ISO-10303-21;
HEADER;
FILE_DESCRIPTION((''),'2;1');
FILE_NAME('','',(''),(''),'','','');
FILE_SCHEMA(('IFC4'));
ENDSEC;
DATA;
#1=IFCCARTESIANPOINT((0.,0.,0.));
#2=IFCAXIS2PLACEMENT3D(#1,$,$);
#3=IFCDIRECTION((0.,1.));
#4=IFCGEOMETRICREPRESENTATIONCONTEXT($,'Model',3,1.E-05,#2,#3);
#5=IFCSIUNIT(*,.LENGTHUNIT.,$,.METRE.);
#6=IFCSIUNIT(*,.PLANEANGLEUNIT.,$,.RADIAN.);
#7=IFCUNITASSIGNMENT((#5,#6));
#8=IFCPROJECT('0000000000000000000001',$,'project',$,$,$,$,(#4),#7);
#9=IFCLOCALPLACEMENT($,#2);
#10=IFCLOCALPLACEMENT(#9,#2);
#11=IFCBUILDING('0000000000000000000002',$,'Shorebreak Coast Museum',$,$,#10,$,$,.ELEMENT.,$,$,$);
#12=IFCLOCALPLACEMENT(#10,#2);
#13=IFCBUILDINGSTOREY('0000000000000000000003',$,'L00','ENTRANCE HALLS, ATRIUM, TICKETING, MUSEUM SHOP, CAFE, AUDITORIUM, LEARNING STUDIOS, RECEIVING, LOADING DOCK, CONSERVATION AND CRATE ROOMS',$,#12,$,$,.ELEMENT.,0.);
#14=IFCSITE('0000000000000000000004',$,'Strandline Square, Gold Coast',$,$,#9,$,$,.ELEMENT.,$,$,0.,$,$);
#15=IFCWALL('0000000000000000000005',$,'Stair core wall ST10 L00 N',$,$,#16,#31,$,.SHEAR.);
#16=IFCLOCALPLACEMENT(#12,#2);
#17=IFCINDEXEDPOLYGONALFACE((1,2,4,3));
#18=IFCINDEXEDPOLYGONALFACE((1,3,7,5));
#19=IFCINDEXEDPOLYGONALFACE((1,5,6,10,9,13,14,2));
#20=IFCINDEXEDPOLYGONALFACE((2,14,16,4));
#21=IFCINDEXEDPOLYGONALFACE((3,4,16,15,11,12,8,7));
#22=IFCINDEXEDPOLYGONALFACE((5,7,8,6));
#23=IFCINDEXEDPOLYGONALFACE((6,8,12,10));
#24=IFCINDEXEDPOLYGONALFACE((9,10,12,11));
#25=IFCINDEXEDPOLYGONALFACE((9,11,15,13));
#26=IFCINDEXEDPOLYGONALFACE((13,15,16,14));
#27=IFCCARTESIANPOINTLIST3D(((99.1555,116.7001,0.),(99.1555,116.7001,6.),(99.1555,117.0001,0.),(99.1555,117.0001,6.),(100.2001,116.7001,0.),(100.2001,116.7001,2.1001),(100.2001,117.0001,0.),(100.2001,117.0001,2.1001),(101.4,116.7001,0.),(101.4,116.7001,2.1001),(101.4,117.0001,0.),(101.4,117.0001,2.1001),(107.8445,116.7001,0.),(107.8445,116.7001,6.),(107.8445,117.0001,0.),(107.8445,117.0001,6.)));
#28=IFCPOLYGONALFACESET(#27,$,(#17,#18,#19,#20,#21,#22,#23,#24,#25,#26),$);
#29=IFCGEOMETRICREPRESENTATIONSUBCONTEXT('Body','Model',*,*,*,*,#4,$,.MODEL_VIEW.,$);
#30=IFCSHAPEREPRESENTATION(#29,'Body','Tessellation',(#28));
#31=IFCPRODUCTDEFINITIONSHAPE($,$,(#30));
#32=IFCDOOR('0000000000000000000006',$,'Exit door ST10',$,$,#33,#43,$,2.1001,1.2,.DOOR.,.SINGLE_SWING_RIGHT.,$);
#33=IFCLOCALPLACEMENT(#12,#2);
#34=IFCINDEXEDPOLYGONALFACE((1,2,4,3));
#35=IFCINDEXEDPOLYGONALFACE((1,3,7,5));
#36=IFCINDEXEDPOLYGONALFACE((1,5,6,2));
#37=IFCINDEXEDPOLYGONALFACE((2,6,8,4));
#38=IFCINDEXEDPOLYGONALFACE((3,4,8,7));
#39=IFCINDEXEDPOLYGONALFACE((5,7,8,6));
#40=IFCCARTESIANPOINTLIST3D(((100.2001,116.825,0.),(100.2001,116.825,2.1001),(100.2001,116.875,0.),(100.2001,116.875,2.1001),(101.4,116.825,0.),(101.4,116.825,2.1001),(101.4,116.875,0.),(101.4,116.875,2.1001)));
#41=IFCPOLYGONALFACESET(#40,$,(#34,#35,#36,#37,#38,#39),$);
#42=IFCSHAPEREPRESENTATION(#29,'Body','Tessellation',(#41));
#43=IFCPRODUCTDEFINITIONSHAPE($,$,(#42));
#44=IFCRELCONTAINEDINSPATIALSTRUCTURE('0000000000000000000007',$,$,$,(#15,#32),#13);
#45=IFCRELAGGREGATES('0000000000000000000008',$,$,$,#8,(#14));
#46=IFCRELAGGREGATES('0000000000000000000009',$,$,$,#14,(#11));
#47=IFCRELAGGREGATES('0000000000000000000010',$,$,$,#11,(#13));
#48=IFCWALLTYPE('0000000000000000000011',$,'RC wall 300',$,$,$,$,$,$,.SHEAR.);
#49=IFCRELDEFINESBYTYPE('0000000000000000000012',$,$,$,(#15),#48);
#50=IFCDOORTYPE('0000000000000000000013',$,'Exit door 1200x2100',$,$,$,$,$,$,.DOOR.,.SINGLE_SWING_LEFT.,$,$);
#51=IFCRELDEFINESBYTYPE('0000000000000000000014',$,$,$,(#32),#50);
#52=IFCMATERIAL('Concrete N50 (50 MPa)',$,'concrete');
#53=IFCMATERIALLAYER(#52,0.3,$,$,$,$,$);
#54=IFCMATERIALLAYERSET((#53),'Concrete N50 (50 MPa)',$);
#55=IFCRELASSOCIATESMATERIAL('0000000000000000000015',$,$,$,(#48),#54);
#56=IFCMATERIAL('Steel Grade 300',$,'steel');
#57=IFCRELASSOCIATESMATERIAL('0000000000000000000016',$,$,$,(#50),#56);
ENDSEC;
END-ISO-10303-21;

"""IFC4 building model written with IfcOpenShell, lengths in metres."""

from ifc_helpers import new_model, si_unit, direction, frame, frame_2d, origin, place, context, subcontext, project, spatial, rectangle, extrude, material, layer, layer_set, type_object, element, fill, save


model = new_model("IFC4")

# Units and contexts
model_context = context("Model", 3, precision=1e-05, world=origin(), true_north=direction((0.0, 1.0)))
body_context = subcontext(model_context, "Body", "Model", "MODEL_VIEW")
ifc_project = project(units=[si_unit("LENGTHUNIT", "METRE"), si_unit("PLANEANGLEUNIT", "RADIAN")], contexts=[model_context])

# Site, building, storey
site_placement = place(None, origin())
site = spatial("IfcSite", under=ifc_project, at=site_placement, Name="Strandline Square, Gold Coast", CompositionType="ELEMENT", RefElevation=0.0)
building_placement = place(site_placement, origin())
building = spatial("IfcBuilding", under=site, at=building_placement, Name="Shorebreak Coast Museum", CompositionType="ELEMENT")
storey_placement = place(building_placement, origin())
storey = spatial("IfcBuildingStorey", under=building, at=storey_placement, Name="L00", Description="ENTRANCE HALLS, ATRIUM, TICKETING, MUSEUM SHOP, CAFE, AUDITORIUM, LEARNING STUDIOS, RECEIVING, LOADING DOCK, CONSERVATION AND CRATE ROOMS", CompositionType="ELEMENT", Elevation=0.0)

# Wall, opening, door
ifc_material_1 = material(Name="Concrete N50 (50 MPa)", Category="concrete")
ifc_layer_1 = layer(ifc_material_1, 0.3)
ifc_layer_set_1 = layer_set([ifc_layer_1], Name="Concrete N50 (50 MPa)")
wall_type = type_object("IfcWallType", Name="RC wall 300", PredefinedType="SHEAR", material=ifc_layer_set_1)
wall_placement = place(storey_placement, frame((99.1555, 116.8501, 0.0), z_axis=(0.0, 0.0, 1.0), x_axis=(1.0, 0.0, 0.0)))
wall = element("IfcWall", 1, at=wall_placement, inside=storey, type_object=wall_type, Name="Stair core wall ST10 L00 N", PredefinedType="SHEAR", context=body_context, shape_type="SweptSolid", body=[
    extrude(rectangle(XDim=8.689, YDim=0.3, at=frame_2d((4.3445, 0.0))), origin(), (0.0, 0.0, 1.0), 6.0),
])
opening_placement = place(wall_placement, frame((1.0444, 0.0, 0.0)))
opening = element("IfcOpeningElement", 2, at=opening_placement, cuts=wall, PredefinedType="OPENING", context=body_context, shape_type="SweptSolid", body=[
    extrude(rectangle(XDim=1.2, YDim=2.1001, at=frame_2d((0.6001, 1.05))), frame((0.0, 0.1599, 0.0), z_axis=(0.0, -1.0, 0.0), x_axis=(1.0, 0.0, 0.0)), (0.0, 0.0, 1.0), 0.3201),
])
ifc_material_2 = material(Name="Steel Grade 300", Category="steel")
door_type = type_object("IfcDoorType", Name="Exit door 1200x2100", OperationType="SINGLE_SWING_LEFT", PredefinedType="DOOR", material=ifc_material_2)
door_placement = place(opening_placement, origin())
door = element("IfcDoor", 3, at=door_placement, inside=storey, type_object=door_type, Name="Exit door ST10", OperationType="SINGLE_SWING_RIGHT", OverallHeight=2.1001, OverallWidth=1.2, PredefinedType="DOOR", context=body_context, shape_type="SweptSolid", body=[
    extrude(rectangle(XDim=1.2, YDim=2.1001, at=frame_2d((0.6001, 1.05))), frame((0.0, 0.0249, 0.0), z_axis=(0.0, -1.0, 0.0), x_axis=(1.0, 0.0, 0.0)), (0.0, 0.0, 1.0), 0.05),
])
fill(opening, door)

save(model, "model.ifc")
